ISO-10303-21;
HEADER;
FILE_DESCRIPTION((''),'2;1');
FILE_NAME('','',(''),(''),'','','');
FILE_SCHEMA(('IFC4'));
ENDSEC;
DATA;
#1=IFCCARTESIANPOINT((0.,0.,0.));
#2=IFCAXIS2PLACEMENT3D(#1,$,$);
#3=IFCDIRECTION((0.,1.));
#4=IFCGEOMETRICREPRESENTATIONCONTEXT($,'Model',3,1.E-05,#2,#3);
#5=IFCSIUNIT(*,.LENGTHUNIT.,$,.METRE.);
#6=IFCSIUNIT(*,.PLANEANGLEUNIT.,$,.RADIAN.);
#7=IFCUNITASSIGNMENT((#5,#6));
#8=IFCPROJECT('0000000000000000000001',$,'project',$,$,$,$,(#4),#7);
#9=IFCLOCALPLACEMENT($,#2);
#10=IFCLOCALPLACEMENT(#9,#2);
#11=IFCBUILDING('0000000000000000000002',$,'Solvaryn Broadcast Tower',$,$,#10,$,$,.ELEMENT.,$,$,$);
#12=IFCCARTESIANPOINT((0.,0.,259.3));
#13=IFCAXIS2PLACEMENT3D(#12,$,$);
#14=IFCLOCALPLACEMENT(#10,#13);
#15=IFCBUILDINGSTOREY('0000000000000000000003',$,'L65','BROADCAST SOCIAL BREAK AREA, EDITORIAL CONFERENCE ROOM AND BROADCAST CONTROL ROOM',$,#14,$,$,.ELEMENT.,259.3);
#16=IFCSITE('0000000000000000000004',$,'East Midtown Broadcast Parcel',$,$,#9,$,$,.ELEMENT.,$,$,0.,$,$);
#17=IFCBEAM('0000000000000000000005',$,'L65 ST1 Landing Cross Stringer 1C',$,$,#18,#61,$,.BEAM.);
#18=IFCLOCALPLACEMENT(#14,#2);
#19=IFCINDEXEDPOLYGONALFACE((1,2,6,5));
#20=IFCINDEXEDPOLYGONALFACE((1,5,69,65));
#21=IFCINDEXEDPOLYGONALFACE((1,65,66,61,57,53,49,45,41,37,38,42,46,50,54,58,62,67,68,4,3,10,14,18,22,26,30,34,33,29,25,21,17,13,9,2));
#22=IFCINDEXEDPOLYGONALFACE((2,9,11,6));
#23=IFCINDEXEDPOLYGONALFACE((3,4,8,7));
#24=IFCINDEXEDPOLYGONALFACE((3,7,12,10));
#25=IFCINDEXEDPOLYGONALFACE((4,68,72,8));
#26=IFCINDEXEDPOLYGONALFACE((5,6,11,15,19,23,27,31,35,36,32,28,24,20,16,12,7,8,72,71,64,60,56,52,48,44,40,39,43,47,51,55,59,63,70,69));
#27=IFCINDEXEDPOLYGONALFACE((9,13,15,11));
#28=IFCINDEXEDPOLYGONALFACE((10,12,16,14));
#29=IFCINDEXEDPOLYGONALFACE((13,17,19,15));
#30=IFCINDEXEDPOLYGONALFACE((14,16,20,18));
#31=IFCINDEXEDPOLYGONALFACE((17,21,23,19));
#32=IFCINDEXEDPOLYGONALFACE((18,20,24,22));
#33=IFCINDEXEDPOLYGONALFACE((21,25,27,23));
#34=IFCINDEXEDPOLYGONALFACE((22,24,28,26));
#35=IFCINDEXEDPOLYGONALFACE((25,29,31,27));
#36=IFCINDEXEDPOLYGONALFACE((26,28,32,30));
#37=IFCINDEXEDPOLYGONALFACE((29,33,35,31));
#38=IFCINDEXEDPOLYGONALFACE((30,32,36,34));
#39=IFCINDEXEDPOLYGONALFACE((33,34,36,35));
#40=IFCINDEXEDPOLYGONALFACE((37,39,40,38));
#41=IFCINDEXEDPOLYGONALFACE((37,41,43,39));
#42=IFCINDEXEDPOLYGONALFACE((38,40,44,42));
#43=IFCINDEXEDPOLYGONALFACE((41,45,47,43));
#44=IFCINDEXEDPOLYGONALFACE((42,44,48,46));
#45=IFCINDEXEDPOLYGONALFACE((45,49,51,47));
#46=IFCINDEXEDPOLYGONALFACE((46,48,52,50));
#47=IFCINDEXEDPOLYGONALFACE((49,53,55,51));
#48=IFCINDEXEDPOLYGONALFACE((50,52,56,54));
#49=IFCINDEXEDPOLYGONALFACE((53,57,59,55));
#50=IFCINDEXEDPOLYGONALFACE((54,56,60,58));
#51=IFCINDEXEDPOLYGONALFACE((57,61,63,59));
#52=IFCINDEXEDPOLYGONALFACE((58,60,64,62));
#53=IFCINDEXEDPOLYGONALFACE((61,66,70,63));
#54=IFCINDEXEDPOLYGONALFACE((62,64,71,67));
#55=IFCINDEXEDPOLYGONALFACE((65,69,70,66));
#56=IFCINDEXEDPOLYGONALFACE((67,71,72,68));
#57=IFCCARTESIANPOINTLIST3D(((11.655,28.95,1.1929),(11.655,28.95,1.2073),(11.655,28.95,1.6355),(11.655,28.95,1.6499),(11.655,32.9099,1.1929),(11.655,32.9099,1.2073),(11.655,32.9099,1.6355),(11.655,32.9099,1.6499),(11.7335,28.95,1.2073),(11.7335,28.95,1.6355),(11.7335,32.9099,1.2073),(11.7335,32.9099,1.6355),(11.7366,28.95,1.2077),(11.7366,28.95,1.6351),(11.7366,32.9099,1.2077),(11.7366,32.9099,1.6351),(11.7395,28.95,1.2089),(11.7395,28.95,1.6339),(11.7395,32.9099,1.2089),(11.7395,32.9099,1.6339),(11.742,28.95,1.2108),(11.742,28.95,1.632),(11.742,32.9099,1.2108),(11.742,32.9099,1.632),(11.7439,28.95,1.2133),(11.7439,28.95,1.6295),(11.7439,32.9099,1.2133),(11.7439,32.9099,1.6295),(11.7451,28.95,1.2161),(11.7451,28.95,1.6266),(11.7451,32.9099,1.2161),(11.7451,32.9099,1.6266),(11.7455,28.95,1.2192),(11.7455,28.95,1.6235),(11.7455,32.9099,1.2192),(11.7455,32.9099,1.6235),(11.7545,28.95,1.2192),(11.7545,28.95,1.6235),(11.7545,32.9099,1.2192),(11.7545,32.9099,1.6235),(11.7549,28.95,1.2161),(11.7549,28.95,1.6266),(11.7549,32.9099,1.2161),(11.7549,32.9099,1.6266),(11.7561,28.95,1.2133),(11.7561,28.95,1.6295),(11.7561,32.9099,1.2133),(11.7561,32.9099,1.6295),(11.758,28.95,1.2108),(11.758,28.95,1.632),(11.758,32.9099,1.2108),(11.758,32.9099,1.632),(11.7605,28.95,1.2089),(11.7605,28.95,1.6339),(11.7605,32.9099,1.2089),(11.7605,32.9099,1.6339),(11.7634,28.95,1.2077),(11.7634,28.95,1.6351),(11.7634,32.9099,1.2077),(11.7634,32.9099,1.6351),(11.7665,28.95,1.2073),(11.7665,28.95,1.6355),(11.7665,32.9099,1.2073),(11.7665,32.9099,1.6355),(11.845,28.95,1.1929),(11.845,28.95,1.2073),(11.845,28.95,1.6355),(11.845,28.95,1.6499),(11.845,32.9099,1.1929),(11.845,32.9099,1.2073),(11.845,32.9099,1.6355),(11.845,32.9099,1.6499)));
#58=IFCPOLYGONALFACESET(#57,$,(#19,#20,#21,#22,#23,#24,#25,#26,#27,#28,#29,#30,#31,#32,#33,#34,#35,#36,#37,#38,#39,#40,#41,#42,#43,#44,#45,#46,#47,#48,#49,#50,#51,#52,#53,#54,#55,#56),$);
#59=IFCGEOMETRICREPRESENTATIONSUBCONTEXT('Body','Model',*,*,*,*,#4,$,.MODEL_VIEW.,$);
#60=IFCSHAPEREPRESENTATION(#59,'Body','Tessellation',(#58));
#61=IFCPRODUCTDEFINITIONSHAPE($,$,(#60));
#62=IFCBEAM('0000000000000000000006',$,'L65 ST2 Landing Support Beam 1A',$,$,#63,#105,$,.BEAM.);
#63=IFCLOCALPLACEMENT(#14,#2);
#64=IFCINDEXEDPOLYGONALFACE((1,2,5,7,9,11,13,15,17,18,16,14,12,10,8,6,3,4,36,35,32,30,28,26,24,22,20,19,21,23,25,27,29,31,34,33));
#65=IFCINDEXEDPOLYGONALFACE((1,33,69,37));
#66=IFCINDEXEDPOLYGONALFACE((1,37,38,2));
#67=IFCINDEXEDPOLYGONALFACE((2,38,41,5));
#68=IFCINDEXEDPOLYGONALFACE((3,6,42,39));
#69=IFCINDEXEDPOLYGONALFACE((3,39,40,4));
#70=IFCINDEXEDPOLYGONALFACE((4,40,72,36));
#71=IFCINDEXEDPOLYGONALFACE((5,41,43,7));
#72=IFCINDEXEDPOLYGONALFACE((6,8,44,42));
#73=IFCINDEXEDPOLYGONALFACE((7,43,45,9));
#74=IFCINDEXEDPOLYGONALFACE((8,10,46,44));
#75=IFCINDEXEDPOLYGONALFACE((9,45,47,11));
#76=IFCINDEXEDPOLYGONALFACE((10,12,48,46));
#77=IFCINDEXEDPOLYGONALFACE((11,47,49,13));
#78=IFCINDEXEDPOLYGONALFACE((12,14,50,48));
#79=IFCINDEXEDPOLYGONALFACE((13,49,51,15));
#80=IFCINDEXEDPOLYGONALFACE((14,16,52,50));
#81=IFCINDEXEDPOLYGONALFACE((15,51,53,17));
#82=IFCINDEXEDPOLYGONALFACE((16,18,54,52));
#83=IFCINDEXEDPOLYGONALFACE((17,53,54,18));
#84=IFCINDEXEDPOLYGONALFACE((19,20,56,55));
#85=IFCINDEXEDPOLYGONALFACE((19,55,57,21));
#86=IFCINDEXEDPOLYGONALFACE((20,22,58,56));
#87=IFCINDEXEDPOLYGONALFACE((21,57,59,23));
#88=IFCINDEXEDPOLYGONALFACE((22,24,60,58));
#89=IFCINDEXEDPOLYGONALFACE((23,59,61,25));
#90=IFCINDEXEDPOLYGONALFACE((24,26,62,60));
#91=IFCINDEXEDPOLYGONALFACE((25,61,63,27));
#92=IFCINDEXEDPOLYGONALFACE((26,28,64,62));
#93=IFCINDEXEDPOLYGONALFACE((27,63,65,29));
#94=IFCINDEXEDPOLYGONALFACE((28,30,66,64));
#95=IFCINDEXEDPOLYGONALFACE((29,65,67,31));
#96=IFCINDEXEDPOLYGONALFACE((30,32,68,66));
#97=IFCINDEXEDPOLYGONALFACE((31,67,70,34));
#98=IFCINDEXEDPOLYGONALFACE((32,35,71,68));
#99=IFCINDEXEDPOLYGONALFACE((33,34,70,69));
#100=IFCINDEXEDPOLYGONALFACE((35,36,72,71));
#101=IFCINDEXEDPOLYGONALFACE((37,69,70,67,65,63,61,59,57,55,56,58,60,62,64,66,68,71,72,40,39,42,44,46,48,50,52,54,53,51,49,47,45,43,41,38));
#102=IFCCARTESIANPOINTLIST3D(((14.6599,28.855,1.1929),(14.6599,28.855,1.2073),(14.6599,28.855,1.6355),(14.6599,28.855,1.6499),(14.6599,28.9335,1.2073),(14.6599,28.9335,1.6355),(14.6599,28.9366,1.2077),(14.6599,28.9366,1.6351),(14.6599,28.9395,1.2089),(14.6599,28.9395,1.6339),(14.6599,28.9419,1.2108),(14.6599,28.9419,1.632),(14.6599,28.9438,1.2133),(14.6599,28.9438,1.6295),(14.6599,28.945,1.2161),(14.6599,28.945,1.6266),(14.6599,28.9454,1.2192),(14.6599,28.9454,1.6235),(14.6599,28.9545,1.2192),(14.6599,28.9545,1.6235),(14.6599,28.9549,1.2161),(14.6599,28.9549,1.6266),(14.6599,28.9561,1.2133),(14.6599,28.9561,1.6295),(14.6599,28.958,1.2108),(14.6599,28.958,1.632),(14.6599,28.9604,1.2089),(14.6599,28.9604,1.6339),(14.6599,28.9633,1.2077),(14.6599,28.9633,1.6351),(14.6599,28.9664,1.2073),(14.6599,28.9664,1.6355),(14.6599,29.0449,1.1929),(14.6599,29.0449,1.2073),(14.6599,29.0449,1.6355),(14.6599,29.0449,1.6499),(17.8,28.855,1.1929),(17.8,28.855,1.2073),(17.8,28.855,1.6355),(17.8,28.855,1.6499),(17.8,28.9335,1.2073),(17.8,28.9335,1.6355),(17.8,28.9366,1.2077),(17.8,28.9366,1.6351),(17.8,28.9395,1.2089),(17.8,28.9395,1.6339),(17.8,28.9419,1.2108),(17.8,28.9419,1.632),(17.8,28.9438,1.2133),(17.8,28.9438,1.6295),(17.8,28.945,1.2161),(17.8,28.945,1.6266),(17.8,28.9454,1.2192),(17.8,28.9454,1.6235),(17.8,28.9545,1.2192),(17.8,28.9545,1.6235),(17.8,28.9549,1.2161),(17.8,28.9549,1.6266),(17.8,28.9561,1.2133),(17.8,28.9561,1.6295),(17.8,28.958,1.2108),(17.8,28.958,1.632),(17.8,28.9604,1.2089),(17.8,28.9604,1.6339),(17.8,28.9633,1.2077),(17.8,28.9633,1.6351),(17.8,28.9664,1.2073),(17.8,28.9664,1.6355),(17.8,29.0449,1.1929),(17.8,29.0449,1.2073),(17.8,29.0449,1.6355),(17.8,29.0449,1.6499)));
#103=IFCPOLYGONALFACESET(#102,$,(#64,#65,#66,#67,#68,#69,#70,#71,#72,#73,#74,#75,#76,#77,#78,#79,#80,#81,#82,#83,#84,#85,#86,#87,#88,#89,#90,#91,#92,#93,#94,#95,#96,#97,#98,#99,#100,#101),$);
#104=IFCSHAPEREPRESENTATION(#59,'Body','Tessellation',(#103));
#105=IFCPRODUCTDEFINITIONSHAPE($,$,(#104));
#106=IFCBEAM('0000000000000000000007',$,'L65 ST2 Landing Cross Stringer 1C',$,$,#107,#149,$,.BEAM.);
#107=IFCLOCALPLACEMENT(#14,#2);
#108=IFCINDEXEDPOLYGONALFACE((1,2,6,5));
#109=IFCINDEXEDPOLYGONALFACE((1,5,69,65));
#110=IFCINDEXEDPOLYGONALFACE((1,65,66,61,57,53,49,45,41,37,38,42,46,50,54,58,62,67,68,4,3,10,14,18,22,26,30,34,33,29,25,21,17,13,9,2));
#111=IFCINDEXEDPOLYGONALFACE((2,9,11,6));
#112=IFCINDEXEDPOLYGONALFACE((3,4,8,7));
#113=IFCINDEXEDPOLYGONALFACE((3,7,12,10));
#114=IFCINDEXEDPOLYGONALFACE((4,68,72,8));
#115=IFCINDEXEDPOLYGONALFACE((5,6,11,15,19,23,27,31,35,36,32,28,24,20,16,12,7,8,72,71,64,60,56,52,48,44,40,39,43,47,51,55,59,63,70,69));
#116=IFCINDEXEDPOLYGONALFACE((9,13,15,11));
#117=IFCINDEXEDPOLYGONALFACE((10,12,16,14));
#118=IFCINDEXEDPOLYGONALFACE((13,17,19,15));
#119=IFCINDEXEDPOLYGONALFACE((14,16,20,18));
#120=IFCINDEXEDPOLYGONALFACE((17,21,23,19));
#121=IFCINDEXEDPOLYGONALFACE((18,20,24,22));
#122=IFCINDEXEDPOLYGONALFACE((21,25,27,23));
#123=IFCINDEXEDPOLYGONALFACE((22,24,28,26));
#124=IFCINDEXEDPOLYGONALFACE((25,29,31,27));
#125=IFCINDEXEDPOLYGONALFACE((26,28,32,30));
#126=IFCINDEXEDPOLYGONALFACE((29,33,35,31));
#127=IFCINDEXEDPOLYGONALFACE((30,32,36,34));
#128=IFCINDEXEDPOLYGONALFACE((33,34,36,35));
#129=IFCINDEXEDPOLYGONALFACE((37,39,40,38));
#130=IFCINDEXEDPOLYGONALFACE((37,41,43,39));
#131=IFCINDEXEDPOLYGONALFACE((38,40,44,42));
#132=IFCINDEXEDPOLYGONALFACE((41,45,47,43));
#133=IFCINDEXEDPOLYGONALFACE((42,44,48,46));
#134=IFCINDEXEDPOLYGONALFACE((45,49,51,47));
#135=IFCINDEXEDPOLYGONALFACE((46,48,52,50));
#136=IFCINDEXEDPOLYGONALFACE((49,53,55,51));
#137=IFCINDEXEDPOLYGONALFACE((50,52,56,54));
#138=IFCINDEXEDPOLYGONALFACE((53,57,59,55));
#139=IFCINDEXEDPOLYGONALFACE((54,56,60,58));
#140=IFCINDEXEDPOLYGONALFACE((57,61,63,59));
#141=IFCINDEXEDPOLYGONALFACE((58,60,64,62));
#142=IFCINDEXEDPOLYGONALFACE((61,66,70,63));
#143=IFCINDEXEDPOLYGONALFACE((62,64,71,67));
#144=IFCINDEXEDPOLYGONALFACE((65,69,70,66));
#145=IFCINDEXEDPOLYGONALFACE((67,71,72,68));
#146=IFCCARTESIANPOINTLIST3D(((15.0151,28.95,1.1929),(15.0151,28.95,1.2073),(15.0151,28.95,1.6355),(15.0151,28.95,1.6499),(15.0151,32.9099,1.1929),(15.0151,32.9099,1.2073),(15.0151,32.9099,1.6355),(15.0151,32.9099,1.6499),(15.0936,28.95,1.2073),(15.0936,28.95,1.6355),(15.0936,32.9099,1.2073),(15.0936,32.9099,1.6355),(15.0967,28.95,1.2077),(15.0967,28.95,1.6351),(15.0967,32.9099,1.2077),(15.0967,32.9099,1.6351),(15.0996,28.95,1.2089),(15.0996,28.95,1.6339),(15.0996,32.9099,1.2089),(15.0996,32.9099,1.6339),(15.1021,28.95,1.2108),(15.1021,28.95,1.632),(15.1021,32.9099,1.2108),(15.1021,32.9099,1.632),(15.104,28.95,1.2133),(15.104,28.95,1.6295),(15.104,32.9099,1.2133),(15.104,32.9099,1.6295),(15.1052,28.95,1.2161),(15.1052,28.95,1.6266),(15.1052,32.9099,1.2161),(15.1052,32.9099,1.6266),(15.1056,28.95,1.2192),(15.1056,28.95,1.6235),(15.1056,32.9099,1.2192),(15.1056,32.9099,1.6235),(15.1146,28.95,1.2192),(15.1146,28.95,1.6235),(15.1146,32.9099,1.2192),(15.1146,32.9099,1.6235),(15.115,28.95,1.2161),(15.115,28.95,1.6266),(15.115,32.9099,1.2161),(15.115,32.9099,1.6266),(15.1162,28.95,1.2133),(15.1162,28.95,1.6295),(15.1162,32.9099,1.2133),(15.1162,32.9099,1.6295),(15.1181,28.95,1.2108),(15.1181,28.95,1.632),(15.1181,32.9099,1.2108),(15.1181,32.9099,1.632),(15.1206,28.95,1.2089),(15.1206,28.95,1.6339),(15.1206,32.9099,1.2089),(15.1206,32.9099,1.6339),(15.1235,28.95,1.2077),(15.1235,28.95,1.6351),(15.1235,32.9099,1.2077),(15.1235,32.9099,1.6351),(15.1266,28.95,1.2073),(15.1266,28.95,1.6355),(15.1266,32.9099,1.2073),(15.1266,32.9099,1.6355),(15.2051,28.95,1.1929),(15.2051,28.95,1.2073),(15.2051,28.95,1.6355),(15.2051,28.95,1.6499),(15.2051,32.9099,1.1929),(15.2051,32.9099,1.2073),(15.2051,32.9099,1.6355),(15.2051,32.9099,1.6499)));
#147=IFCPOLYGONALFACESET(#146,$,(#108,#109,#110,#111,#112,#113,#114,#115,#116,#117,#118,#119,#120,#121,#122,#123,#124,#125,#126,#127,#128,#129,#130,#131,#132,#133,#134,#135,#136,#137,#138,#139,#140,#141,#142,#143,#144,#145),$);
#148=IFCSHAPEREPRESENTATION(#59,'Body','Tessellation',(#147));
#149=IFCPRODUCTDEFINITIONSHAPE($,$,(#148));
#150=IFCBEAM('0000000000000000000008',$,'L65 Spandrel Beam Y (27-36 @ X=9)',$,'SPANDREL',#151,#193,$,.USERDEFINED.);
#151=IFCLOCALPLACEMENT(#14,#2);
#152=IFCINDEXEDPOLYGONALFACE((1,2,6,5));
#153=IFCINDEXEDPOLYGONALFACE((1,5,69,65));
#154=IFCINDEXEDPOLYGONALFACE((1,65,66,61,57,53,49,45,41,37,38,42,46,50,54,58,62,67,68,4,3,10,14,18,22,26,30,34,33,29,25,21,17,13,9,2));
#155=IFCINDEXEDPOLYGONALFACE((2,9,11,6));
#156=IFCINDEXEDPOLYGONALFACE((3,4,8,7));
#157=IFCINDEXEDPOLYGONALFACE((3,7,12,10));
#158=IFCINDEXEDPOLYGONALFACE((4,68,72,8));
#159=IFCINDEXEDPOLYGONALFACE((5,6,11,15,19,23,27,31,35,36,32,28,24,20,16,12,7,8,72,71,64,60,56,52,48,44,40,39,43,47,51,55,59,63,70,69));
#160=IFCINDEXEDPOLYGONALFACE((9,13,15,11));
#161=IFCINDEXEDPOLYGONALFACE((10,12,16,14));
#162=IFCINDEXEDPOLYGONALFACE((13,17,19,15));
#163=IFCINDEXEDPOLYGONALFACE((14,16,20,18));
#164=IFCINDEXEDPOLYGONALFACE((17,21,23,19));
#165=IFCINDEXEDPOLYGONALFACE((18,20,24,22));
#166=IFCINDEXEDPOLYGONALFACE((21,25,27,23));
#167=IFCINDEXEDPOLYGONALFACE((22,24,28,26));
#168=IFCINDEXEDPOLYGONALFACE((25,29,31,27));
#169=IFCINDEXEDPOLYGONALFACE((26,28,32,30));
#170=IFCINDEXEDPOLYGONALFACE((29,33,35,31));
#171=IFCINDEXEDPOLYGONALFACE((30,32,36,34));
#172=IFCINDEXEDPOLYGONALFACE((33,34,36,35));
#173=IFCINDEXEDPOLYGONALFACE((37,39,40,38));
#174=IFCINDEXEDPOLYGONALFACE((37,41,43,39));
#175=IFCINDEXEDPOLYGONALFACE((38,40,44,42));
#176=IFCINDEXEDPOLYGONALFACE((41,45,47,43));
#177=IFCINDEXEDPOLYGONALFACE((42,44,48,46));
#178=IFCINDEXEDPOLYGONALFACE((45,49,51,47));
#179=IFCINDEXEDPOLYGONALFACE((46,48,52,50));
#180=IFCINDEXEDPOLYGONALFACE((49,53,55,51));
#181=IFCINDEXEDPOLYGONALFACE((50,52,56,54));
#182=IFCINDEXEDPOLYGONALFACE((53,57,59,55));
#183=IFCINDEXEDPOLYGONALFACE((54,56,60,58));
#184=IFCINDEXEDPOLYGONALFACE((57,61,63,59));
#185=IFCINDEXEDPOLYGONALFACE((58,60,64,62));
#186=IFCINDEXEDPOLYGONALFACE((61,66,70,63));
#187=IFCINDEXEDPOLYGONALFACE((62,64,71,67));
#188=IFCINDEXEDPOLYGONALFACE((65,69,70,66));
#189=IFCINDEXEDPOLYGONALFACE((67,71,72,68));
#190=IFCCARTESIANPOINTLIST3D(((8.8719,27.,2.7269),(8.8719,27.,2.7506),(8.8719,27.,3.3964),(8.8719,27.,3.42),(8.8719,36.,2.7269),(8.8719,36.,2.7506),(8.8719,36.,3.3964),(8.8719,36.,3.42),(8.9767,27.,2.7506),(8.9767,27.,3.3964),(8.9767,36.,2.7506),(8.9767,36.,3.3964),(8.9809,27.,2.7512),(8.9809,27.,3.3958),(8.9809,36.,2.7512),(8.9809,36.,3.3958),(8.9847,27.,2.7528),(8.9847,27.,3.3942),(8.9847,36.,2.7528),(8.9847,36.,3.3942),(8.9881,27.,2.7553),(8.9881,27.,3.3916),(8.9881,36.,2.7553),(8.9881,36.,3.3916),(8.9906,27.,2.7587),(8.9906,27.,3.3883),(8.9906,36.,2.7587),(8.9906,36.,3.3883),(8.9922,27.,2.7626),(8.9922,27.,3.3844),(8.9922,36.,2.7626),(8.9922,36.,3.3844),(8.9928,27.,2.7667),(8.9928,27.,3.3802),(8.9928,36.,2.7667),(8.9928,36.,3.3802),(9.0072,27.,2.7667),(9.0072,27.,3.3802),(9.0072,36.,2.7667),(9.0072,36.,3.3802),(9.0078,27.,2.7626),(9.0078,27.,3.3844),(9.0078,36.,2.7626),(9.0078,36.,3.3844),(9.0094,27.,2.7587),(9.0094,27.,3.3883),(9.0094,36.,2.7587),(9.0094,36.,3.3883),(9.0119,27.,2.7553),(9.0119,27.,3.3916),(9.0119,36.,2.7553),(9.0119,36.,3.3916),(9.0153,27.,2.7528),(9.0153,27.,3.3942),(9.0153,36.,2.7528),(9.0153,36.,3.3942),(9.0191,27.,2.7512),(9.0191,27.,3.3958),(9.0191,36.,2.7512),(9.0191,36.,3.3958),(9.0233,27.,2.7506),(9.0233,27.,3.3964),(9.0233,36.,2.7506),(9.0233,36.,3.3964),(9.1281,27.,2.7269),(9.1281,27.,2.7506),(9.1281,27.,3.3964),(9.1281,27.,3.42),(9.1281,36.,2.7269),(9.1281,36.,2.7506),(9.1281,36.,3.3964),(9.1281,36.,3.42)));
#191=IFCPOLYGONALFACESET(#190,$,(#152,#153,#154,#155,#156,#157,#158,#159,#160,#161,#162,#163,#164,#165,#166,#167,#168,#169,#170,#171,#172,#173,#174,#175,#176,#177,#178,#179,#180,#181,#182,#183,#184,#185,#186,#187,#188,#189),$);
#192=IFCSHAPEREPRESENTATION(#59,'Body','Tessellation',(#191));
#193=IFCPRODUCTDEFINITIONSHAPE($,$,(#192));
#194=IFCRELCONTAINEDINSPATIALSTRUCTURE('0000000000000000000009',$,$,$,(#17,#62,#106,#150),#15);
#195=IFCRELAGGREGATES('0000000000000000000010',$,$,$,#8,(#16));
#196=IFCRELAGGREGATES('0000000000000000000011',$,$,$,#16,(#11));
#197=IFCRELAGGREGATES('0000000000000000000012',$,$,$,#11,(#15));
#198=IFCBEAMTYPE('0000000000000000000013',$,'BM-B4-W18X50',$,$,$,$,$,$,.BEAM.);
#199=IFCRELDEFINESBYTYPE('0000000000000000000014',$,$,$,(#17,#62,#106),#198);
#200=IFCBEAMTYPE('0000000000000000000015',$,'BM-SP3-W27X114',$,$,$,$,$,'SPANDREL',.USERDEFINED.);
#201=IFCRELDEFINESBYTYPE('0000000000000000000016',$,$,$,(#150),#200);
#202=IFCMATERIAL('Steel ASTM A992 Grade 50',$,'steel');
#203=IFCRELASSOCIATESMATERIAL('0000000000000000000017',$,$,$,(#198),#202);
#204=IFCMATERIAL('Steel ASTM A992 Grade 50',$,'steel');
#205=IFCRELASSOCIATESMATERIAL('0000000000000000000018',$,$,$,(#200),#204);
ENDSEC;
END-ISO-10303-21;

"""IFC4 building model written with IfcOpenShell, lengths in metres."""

from ifc_helpers import new_model, si_unit, direction, frame, origin, origin_2d, place, context, subcontext, project, spatial, i_section, extrude, material, material_profile, profile_set, type_object, element, save


model = new_model("IFC4")

# Units and contexts
model_context = context("Model", 3, precision=1e-05, world=origin(), true_north=direction((0.0, 1.0)))
body_context = subcontext(model_context, "Body", "Model", "MODEL_VIEW")
ifc_project = project(units=[si_unit("LENGTHUNIT", "METRE"), si_unit("PLANEANGLEUNIT", "RADIAN")], contexts=[model_context])

# Site, building, storey
site_placement = place(None, origin())
site = spatial("IfcSite", under=ifc_project, at=site_placement, Name="East Midtown Broadcast Parcel", CompositionType="ELEMENT", RefElevation=0.0)
building_placement = place(site_placement, origin())
building = spatial("IfcBuilding", under=site, at=building_placement, Name="Solvaryn Broadcast Tower", CompositionType="ELEMENT")
storey_placement = place(building_placement, frame((0.0, 0.0, 259.3)))
storey = spatial("IfcBuildingStorey", under=building, at=storey_placement, Name="L65", Description="BROADCAST SOCIAL BREAK AREA, EDITORIAL CONFERENCE ROOM AND BROADCAST CONTROL ROOM", CompositionType="ELEMENT", Elevation=259.3)

# Beams
ifc_material_1 = material(Name="Steel ASTM A992 Grade 50", Category="steel")
ifc_material_profile_1 = material_profile(ifc_material_1, i_section(OverallWidth=0.1899, OverallDepth=0.457, WebThickness=0.009, FlangeThickness=0.0144, FilletRadius=0.012, at=origin_2d()))
ifc_profile_set_1 = profile_set([ifc_material_profile_1], Name="Steel ASTM A992 Grade 50")
beam_type_1 = type_object("IfcBeamType", Name="BM-B4-W18X50", PredefinedType="BEAM", material=ifc_profile_set_1)
beam_1_placement = place(storey_placement, frame((11.75, 28.95, 1.4214), z_axis=(0.0, 1.0, 0.0), x_axis=(-1.0, 0.0, 0.0)))
element("IfcBeam", 1, at=beam_1_placement, inside=storey, type_object=beam_type_1, Name="L65 ST1 Landing Cross Stringer 1C", PredefinedType="BEAM", context=body_context, shape_type="SweptSolid", body=[
    extrude(i_section(OverallWidth=0.1899, OverallDepth=0.457, WebThickness=0.009, FlangeThickness=0.0144, FilletRadius=0.012, at=origin_2d()), origin(), (0.0, 0.0, 1.0), 3.96),
])
beam_2_placement = place(storey_placement, frame((14.6599, 28.95, 1.4214), z_axis=(1.0, 0.0, 0.0), x_axis=(0.0, 1.0, 0.0)))
element("IfcBeam", 2, at=beam_2_placement, inside=storey, type_object=beam_type_1, Name="L65 ST2 Landing Support Beam 1A", PredefinedType="BEAM", context=body_context, shape_type="SweptSolid", body=[
    extrude(i_section(OverallWidth=0.1899, OverallDepth=0.457, WebThickness=0.009, FlangeThickness=0.0144, FilletRadius=0.012, at=origin_2d()), origin(), (0.0, 0.0, 1.0), 3.1401),
])
beam_3_placement = place(storey_placement, frame((15.1101, 28.95, 1.4214), z_axis=(0.0, 1.0, 0.0), x_axis=(-1.0, 0.0, 0.0)))
element("IfcBeam", 3, at=beam_3_placement, inside=storey, type_object=beam_type_1, Name="L65 ST2 Landing Cross Stringer 1C", PredefinedType="BEAM", context=body_context, shape_type="SweptSolid", body=[
    extrude(i_section(OverallWidth=0.1899, OverallDepth=0.457, WebThickness=0.009, FlangeThickness=0.0144, FilletRadius=0.012, at=origin_2d()), origin(), (0.0, 0.0, 1.0), 3.96),
])
ifc_material_2 = material(Name="Steel ASTM A992 Grade 50", Category="steel")
ifc_material_profile_2 = material_profile(ifc_material_2, i_section(OverallWidth=0.2561, OverallDepth=0.6931, WebThickness=0.0144, FlangeThickness=0.0237, FilletRadius=0.0161, at=origin_2d()))
ifc_profile_set_2 = profile_set([ifc_material_profile_2], Name="Steel ASTM A992 Grade 50")
beam_type_2 = type_object("IfcBeamType", Name="BM-SP3-W27X114", ElementType="SPANDREL", PredefinedType="USERDEFINED", material=ifc_profile_set_2)
beam_4_placement = place(storey_placement, frame((9.0, 27.0, 3.0735), z_axis=(0.0, 1.0, 0.0), x_axis=(-1.0, 0.0, 0.0)))
element("IfcBeam", 4, at=beam_4_placement, inside=storey, type_object=beam_type_2, Name="L65 Spandrel Beam Y (27-36 @ X=9)", ObjectType="SPANDREL", PredefinedType="USERDEFINED", context=body_context, shape_type="SweptSolid", body=[
    extrude(i_section(OverallWidth=0.2561, OverallDepth=0.6931, WebThickness=0.0144, FlangeThickness=0.0237, FilletRadius=0.0161, at=origin_2d()), origin(), (0.0, 0.0, 1.0), 9.0),
])

save(model, "model.ifc")
